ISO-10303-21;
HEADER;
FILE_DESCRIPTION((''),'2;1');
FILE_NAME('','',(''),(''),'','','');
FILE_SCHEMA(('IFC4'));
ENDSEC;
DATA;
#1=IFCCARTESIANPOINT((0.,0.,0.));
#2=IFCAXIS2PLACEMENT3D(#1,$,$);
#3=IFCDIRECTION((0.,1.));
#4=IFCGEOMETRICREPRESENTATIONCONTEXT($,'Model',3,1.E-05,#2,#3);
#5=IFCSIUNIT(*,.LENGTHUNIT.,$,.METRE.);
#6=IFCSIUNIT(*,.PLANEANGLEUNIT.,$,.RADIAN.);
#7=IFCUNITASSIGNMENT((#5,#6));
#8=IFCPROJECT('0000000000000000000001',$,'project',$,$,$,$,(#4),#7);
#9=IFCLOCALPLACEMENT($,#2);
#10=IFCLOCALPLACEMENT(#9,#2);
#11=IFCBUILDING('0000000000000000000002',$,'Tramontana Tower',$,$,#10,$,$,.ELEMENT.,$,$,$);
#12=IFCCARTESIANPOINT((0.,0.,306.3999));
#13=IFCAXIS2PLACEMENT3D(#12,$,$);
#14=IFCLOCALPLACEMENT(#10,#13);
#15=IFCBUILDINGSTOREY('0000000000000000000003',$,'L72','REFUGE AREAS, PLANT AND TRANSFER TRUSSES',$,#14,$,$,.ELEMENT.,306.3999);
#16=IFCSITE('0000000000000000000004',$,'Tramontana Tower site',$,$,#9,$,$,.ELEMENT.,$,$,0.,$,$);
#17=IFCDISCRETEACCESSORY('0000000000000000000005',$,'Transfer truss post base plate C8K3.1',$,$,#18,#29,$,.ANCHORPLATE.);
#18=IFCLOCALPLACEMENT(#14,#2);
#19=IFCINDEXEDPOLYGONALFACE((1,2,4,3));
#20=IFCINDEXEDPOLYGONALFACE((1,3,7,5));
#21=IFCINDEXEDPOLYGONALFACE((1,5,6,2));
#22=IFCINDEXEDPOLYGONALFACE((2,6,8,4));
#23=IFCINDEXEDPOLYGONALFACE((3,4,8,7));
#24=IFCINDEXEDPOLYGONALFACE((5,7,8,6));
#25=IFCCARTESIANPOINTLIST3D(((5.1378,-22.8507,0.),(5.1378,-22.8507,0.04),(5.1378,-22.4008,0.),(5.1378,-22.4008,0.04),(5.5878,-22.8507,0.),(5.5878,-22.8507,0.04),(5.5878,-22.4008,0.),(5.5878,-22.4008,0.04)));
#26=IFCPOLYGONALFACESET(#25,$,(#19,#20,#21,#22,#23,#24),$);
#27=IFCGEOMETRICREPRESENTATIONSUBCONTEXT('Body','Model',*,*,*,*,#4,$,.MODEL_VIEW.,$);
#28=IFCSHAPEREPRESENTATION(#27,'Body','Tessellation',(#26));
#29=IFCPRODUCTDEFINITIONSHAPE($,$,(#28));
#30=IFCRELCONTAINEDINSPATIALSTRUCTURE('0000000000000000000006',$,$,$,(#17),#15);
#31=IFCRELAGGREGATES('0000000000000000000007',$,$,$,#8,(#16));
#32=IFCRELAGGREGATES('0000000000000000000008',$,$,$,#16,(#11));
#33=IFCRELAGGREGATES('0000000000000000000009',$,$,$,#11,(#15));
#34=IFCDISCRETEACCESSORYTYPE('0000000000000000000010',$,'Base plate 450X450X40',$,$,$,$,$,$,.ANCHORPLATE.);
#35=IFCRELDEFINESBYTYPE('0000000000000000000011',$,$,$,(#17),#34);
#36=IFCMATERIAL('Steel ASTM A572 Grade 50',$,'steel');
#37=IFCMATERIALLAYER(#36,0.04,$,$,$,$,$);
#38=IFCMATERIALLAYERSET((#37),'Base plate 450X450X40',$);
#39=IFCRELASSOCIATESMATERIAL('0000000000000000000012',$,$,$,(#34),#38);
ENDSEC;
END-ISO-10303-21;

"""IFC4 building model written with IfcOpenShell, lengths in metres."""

from ifc_helpers import new_model, si_unit, direction, frame, origin, origin_2d, place, context, subcontext, project, spatial, rectangle, extrude, material, layer, layer_set, type_object, element, save


model = new_model("IFC4")

# Units and contexts
model_context = context("Model", 3, precision=1e-05, world=origin(), true_north=direction((0.0, 1.0)))
body_context = subcontext(model_context, "Body", "Model", "MODEL_VIEW")
ifc_project = project(units=[si_unit("LENGTHUNIT", "METRE"), si_unit("PLANEANGLEUNIT", "RADIAN")], contexts=[model_context])

# Site, building, storey
site_placement = place(None, origin())
site = spatial("IfcSite", under=ifc_project, at=site_placement, Name="Tramontana Tower site", CompositionType="ELEMENT", RefElevation=0.0)
building_placement = place(site_placement, origin())
building = spatial("IfcBuilding", under=site, at=building_placement, Name="Tramontana Tower", CompositionType="ELEMENT")
storey_placement = place(building_placement, frame((0.0, 0.0, 306.3999)))
storey = spatial("IfcBuildingStorey", under=building, at=storey_placement, Name="L72", Description="REFUGE AREAS, PLANT AND TRANSFER TRUSSES", CompositionType="ELEMENT", Elevation=306.3999)

# Discrete accessory
ifc_material_1 = material(Name="Steel ASTM A572 Grade 50", Category="steel")
ifc_layer = layer(ifc_material_1, 0.04)
ifc_layer_set = layer_set([ifc_layer], Name="Base plate 450X450X40")
discrete_accessory_type = type_object("IfcDiscreteAccessoryType", Name="Base plate 450X450X40", PredefinedType="ANCHORPLATE", material=ifc_layer_set)
discrete_accessory_placement = place(storey_placement, frame((5.3628, -22.6257, 0.0), z_axis=(0.0, 0.0, 1.0), x_axis=(1.0, 0.0, 0.0)))
element("IfcDiscreteAccessory", 1, at=discrete_accessory_placement, inside=storey, type_object=discrete_accessory_type, Name="Transfer truss post base plate C8K3.1", PredefinedType="ANCHORPLATE", context=body_context, shape_type="SweptSolid", body=[
    extrude(rectangle(XDim=0.45, YDim=0.45, at=origin_2d()), origin(), (0.0, 0.0, 1.0), 0.04),
])

save(model, "model.ifc")
